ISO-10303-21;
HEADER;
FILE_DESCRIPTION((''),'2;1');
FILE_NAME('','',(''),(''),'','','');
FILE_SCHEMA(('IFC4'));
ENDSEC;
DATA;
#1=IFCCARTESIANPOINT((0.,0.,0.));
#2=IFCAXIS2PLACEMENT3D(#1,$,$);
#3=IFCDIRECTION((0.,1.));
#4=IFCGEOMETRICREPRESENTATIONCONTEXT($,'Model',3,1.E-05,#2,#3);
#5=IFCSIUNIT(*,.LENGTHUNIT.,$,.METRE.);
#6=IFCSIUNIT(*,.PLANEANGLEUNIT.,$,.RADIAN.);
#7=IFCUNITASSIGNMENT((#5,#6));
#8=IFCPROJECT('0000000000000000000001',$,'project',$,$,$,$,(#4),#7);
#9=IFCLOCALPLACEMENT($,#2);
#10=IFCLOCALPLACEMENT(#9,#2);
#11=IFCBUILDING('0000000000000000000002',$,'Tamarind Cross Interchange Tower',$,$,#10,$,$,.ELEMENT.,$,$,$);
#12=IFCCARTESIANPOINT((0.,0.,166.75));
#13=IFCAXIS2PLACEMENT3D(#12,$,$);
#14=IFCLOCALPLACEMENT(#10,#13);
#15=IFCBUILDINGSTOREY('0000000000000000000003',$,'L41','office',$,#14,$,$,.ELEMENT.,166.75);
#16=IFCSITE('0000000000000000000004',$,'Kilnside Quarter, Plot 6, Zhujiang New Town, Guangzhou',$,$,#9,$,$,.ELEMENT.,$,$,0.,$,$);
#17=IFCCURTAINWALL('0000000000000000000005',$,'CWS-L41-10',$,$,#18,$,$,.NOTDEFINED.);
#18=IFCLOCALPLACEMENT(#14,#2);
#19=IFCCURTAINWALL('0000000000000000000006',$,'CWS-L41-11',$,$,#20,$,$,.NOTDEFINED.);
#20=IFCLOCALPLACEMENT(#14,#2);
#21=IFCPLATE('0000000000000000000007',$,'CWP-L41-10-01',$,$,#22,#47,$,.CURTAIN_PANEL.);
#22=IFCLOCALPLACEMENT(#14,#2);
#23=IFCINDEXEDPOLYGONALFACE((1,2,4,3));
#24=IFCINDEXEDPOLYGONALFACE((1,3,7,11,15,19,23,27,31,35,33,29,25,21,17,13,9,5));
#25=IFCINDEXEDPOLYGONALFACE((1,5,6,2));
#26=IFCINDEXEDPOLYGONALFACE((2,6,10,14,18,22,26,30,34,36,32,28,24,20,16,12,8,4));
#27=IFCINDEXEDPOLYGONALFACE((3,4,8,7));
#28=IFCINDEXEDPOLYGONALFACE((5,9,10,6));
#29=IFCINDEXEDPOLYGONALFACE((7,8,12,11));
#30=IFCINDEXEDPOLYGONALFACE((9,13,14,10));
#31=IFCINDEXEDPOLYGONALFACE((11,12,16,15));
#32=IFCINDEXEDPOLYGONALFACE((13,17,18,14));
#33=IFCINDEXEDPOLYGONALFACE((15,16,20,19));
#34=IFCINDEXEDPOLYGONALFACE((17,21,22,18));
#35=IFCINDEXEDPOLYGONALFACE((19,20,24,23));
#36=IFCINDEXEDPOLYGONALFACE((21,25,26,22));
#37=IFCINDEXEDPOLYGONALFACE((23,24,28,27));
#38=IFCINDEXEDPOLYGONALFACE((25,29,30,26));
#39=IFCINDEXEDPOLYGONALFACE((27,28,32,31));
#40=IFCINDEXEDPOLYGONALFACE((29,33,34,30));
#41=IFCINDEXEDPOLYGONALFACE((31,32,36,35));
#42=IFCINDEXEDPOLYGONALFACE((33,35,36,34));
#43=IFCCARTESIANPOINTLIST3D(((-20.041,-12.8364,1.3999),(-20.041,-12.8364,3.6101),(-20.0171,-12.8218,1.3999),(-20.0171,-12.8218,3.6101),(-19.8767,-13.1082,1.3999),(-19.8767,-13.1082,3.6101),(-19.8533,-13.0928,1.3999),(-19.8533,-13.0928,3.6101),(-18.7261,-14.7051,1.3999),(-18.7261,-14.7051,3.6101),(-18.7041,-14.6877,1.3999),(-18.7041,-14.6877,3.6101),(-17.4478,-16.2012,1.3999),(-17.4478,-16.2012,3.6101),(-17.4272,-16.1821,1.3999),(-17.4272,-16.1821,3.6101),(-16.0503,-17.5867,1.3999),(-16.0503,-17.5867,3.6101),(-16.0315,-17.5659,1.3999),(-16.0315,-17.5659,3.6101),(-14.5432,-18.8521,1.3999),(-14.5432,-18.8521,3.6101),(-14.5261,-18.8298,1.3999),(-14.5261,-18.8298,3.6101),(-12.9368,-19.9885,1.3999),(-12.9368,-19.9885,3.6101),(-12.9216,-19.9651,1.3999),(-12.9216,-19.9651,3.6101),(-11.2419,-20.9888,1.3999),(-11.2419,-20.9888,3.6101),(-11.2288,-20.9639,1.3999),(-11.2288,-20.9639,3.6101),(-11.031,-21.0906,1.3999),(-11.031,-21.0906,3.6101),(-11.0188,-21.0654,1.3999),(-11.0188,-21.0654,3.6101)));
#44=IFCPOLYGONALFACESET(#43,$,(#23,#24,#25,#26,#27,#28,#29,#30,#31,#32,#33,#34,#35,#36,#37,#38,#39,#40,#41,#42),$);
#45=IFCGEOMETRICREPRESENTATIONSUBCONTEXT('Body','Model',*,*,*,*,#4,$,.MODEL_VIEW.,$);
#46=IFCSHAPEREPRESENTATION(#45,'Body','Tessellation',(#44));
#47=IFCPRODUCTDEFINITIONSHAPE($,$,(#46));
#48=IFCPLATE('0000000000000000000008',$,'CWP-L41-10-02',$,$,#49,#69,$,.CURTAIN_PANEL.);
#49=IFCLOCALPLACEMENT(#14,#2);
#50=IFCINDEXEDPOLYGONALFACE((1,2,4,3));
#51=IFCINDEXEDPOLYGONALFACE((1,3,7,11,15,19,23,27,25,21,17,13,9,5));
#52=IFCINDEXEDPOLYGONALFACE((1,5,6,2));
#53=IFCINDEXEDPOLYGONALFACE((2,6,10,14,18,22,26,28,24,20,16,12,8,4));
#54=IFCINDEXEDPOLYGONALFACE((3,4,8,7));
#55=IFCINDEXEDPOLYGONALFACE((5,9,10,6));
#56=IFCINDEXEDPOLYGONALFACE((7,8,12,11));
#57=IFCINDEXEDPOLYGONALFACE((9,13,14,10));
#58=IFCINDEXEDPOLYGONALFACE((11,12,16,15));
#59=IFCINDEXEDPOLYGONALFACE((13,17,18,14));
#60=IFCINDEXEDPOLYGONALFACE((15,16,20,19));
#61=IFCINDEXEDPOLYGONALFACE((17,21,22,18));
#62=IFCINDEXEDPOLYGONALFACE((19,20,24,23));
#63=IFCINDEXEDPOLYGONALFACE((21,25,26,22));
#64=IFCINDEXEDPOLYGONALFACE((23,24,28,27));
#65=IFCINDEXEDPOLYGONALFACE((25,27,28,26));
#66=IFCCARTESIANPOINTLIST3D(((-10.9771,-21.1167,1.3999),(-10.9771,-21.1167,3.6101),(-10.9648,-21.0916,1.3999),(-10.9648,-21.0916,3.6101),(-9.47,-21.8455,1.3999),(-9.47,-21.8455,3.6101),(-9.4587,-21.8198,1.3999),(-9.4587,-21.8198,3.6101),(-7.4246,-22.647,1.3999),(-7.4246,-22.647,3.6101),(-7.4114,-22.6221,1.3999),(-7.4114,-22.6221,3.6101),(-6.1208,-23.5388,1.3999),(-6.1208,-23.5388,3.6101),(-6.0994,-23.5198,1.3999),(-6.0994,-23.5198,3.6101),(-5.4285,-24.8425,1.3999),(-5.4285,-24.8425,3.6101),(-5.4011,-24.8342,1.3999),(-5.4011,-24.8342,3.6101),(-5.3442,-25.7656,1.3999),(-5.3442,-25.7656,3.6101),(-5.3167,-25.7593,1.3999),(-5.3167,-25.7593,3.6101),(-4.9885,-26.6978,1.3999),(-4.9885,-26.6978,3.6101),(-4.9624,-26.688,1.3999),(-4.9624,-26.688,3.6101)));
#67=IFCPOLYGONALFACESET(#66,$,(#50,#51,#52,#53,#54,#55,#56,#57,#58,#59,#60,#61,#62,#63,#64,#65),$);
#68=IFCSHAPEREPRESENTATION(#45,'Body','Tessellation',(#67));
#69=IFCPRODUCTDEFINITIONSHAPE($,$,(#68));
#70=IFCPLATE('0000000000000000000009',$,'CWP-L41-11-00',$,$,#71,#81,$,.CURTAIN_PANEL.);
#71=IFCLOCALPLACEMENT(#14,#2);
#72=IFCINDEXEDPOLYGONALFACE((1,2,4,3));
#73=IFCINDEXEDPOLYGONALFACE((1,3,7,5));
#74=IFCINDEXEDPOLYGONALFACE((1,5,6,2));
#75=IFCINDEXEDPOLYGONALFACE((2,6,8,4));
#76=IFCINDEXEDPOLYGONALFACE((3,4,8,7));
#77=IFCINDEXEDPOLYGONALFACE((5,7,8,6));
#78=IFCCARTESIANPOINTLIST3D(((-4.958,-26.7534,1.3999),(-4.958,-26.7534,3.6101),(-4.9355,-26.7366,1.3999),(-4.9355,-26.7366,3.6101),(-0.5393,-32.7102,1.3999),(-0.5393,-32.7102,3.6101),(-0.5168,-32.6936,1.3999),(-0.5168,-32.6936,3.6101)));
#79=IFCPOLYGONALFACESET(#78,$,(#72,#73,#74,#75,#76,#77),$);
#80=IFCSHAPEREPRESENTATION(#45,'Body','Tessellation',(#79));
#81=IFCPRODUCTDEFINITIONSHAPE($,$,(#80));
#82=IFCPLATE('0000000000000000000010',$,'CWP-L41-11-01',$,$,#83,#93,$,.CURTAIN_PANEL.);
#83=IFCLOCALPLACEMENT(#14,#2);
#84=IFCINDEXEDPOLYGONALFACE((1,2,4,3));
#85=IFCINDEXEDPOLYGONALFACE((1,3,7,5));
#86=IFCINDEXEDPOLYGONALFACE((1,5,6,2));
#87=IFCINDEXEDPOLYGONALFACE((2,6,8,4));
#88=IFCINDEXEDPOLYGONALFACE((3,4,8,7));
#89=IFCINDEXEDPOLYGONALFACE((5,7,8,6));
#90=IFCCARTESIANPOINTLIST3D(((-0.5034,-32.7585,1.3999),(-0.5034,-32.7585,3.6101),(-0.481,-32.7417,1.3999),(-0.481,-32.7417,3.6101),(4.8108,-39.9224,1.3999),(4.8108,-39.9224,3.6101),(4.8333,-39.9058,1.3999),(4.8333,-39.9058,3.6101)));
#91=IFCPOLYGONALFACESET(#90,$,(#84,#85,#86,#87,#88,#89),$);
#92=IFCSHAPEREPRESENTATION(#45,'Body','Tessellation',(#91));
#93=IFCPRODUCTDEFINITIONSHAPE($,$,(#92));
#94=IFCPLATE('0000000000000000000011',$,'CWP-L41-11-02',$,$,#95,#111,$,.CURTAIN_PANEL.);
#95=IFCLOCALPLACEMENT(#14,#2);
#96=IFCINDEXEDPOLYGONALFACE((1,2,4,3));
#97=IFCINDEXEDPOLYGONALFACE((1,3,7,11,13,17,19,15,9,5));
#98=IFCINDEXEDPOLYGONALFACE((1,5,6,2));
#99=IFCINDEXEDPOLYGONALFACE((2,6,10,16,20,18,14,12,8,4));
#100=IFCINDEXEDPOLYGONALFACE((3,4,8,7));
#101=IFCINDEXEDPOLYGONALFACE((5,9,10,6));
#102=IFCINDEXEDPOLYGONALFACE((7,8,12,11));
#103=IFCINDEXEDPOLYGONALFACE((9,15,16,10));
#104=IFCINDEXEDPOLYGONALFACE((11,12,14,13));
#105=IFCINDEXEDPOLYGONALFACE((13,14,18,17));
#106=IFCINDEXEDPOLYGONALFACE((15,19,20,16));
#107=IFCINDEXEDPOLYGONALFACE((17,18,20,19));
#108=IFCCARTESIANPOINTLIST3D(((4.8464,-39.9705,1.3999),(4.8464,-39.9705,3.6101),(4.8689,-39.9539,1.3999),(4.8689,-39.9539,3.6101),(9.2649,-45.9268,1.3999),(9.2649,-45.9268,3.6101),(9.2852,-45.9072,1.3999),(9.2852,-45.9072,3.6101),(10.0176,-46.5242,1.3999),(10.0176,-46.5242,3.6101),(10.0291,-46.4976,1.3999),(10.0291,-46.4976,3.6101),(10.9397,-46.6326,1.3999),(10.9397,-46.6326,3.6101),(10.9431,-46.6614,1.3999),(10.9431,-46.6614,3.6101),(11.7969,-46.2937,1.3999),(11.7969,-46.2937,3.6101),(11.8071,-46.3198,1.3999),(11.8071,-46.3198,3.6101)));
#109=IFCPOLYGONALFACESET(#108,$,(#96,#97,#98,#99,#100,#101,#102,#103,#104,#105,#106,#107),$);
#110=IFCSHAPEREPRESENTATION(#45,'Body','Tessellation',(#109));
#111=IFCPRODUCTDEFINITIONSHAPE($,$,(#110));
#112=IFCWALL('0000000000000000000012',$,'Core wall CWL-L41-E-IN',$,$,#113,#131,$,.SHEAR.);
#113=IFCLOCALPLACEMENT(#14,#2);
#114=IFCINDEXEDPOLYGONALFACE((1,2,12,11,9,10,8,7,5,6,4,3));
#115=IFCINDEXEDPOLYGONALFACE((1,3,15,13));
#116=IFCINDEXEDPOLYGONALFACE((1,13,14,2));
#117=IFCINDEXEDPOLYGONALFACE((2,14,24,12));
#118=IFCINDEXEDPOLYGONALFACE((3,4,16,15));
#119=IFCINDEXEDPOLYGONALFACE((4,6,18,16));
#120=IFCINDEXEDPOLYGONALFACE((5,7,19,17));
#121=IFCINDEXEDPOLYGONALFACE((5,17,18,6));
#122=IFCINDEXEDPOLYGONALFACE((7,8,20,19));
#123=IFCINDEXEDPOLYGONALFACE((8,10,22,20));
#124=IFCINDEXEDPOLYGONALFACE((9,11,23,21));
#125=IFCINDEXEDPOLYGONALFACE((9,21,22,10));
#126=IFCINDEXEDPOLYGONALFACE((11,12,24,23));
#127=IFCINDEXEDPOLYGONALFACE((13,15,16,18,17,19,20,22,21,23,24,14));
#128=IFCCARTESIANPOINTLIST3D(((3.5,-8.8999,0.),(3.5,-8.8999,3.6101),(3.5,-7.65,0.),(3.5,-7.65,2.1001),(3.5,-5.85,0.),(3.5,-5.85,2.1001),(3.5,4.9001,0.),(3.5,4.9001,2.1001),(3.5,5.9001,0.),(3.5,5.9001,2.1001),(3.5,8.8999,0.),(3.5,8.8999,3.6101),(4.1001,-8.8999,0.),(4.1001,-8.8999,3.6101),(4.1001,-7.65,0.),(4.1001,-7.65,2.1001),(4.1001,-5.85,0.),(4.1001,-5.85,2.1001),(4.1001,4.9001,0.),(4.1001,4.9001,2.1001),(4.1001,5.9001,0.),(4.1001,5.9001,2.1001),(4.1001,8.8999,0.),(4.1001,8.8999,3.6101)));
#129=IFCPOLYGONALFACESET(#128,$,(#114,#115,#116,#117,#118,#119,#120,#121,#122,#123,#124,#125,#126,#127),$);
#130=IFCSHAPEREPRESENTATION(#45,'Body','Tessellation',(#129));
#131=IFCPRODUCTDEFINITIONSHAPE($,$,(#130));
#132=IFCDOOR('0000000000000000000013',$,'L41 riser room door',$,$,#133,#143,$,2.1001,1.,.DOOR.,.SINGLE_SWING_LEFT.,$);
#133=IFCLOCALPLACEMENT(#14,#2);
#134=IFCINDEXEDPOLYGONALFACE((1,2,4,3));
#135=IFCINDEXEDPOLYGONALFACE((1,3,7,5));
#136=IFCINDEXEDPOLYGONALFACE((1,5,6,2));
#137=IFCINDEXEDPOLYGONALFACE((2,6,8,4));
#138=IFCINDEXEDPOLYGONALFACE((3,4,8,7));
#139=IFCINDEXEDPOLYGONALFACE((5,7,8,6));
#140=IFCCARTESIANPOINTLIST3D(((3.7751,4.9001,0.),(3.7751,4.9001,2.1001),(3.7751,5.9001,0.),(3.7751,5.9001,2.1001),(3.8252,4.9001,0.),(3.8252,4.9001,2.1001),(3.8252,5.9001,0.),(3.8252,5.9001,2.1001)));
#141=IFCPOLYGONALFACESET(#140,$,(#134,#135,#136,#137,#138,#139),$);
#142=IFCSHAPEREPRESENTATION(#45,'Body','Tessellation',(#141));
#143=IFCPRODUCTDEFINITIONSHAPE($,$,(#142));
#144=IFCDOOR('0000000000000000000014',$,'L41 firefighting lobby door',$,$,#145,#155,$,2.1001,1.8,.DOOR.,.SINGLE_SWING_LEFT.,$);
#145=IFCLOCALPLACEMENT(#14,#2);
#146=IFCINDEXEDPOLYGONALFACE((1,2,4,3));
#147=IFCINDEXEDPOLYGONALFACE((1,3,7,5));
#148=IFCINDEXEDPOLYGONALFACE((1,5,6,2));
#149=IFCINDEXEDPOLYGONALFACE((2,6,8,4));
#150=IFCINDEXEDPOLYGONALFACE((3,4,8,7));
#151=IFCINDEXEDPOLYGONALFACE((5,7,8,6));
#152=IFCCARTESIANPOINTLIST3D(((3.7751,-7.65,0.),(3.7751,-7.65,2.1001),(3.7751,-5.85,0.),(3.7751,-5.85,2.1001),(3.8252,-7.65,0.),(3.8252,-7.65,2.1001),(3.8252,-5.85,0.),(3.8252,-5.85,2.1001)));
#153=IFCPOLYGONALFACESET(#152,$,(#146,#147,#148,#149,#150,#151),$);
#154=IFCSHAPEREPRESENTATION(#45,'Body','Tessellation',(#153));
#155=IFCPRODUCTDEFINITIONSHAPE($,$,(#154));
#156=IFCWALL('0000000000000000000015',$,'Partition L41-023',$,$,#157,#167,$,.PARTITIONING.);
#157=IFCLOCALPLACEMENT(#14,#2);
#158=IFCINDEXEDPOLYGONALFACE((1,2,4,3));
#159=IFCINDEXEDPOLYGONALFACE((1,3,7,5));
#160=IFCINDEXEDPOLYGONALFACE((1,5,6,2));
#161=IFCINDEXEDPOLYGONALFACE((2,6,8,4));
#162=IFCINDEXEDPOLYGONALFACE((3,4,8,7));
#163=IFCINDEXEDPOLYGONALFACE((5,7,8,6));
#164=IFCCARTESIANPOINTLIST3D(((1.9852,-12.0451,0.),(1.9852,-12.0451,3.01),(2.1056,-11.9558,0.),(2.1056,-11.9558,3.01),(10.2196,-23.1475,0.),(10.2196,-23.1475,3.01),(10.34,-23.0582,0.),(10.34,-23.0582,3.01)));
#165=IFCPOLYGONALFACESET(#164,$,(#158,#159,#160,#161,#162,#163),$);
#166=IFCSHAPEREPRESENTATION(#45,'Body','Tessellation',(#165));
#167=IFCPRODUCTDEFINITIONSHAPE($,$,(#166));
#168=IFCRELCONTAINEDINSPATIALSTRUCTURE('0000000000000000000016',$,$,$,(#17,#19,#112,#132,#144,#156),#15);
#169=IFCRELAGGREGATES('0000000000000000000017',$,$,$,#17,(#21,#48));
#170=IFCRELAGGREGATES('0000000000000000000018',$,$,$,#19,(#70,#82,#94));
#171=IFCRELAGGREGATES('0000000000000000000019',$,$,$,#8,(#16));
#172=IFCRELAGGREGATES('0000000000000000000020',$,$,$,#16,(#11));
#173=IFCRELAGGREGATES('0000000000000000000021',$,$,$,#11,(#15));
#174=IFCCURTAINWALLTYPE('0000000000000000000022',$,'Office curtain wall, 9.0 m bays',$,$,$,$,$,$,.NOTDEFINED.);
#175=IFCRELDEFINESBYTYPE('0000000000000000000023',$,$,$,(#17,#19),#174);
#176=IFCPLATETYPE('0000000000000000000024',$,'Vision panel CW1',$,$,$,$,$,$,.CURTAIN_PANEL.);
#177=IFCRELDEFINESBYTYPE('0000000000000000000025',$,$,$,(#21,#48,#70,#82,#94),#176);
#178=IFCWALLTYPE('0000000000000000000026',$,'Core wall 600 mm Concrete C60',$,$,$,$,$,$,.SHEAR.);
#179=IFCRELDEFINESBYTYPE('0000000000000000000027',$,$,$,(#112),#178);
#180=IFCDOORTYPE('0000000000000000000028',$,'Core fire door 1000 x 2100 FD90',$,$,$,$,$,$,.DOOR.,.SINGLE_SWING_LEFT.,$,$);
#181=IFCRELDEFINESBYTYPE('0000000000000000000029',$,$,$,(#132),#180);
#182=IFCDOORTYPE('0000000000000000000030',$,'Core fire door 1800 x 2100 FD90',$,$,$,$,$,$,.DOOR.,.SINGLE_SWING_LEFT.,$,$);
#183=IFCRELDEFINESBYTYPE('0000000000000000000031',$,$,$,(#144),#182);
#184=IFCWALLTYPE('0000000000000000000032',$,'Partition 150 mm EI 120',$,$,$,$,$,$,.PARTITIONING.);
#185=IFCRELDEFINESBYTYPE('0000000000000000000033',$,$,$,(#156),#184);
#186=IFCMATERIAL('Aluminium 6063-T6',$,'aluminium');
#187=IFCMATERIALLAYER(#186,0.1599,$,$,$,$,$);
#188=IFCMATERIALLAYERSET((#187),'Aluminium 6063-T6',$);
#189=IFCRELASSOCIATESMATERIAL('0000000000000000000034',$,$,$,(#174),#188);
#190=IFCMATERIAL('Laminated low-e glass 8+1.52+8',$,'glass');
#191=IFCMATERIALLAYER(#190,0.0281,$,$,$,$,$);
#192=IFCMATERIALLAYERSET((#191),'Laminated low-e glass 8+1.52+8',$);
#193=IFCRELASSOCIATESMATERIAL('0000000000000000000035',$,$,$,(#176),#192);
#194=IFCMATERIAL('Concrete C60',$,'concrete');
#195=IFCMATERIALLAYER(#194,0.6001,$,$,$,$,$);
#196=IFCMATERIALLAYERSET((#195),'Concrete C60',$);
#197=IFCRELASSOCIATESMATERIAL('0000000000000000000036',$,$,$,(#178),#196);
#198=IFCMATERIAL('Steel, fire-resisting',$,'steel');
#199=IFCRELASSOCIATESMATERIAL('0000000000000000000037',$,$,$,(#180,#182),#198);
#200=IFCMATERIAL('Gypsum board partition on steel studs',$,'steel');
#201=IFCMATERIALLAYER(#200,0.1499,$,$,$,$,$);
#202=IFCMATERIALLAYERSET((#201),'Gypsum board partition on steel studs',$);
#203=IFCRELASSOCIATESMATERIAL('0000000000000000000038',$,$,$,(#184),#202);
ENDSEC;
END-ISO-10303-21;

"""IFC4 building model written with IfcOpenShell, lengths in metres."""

from ifc_helpers import new_model, si_unit, direction, frame, frame_2d, origin, place, context, subcontext, project, spatial, polyline, rectangle, outline, extrude, material, layer, layer_set, type_object, element, fill, aggregate, save


model = new_model("IFC4")

# Units and contexts
model_context = context("Model", 3, precision=1e-05, world=origin(), true_north=direction((0.0, 1.0)))
body_context = subcontext(model_context, "Body", "Model", "MODEL_VIEW")
ifc_project = project(units=[si_unit("LENGTHUNIT", "METRE"), si_unit("PLANEANGLEUNIT", "RADIAN")], contexts=[model_context])

# Site, building, storey
site_placement = place(None, origin())
site = spatial("IfcSite", under=ifc_project, at=site_placement, Name="Kilnside Quarter, Plot 6, Zhujiang New Town, Guangzhou", CompositionType="ELEMENT", RefElevation=0.0)
building_placement = place(site_placement, origin())
building = spatial("IfcBuilding", under=site, at=building_placement, Name="Tamarind Cross Interchange Tower", CompositionType="ELEMENT")
storey_placement = place(building_placement, frame((0.0, 0.0, 166.75)))
storey = spatial("IfcBuildingStorey", under=building, at=storey_placement, Name="L41", Description="office", CompositionType="ELEMENT", Elevation=166.75)

# Curtain walls
ifc_material_1 = material(Name="Aluminium 6063-T6", Category="aluminium")
ifc_layer_1 = layer(ifc_material_1, 0.1599)
ifc_layer_set_1 = layer_set([ifc_layer_1], Name="Aluminium 6063-T6")
curtain_wall_type = type_object("IfcCurtainWallType", Name="Office curtain wall, 9.0 m bays", PredefinedType="NOTDEFINED", material=ifc_layer_set_1)
curtain_wall_1_placement = place(storey_placement, origin())
curtain_wall_1 = element("IfcCurtainWall", 1, at=curtain_wall_1_placement, inside=storey, type_object=curtain_wall_type, Name="CWS-L41-10", PredefinedType="NOTDEFINED")
curtain_wall_2_placement = place(storey_placement, origin())
curtain_wall_2 = element("IfcCurtainWall", 2, at=curtain_wall_2_placement, inside=storey, type_object=curtain_wall_type, Name="CWS-L41-11", PredefinedType="NOTDEFINED")

# Plates
ifc_material_2 = material(Name="Laminated low-e glass 8+1.52+8", Category="glass")
ifc_layer_2 = layer(ifc_material_2, 0.0281)
ifc_layer_set_2 = layer_set([ifc_layer_2], Name="Laminated low-e glass 8+1.52+8")
plate_type = type_object("IfcPlateType", Name="Vision panel CW1", PredefinedType="CURTAIN_PANEL", material=ifc_layer_set_2)
plate_1_placement = place(storey_placement, frame((0.0, 0.0, 1.3999)))
plate_1 = element("IfcPlate", 3, at=plate_1_placement, type_object=plate_type, Name="CWP-L41-10-01", PredefinedType="CURTAIN_PANEL", context=body_context, shape_type="SweptSolid", body=[
    extrude(outline(polyline([(-20.0171, -12.8218), (-19.8533, -13.0928), (-18.7041, -14.6877), (-17.4272, -16.1821), (-16.0315, -17.5659), (-14.5261, -18.8298), (-12.9216, -19.9651), (-11.2288, -20.9639), (-11.0188, -21.0654), (-11.031, -21.0906), (-11.2419, -20.9888), (-12.9368, -19.9885), (-14.5432, -18.8521), (-16.0503, -17.5867), (-17.4478, -16.2012), (-18.7261, -14.7051), (-19.8767, -13.1082), (-20.041, -12.8364), (-20.0171, -12.8218)])), origin(), (0.0, 0.0, 1.0), 2.2102),
])
plate_2_placement = place(storey_placement, frame((0.0, 0.0, 1.3999)))
plate_2 = element("IfcPlate", 4, at=plate_2_placement, type_object=plate_type, Name="CWP-L41-10-02", PredefinedType="CURTAIN_PANEL", context=body_context, shape_type="SweptSolid", body=[
    extrude(outline(polyline([(-10.9648, -21.0916), (-9.4587, -21.8198), (-7.4114, -22.6221), (-6.0994, -23.5198), (-5.4011, -24.8342), (-5.3167, -25.7593), (-4.9624, -26.688), (-4.9885, -26.6978), (-5.3442, -25.7656), (-5.4285, -24.8425), (-6.1208, -23.5388), (-7.4246, -22.647), (-9.47, -21.8455), (-10.9771, -21.1167), (-10.9648, -21.0916)])), origin(), (0.0, 0.0, 1.0), 2.2102),
])
aggregate(curtain_wall_1, [plate_1, plate_2])
plate_3_placement = place(storey_placement, frame((0.0, 0.0, 1.3999)))
plate_3 = element("IfcPlate", 5, at=plate_3_placement, type_object=plate_type, Name="CWP-L41-11-00", PredefinedType="CURTAIN_PANEL", context=body_context, shape_type="SweptSolid", body=[
    extrude(outline(polyline([(-4.9355, -26.7366), (-0.5168, -32.6936), (-0.5393, -32.7102), (-4.958, -26.7534), (-4.9355, -26.7366)])), origin(), (0.0, 0.0, 1.0), 2.2102),
])
plate_4_placement = place(storey_placement, frame((0.0, 0.0, 1.3999)))
plate_4 = element("IfcPlate", 6, at=plate_4_placement, type_object=plate_type, Name="CWP-L41-11-01", PredefinedType="CURTAIN_PANEL", context=body_context, shape_type="SweptSolid", body=[
    extrude(outline(polyline([(-0.481, -32.7417), (4.8333, -39.9058), (4.8108, -39.9224), (-0.5034, -32.7585), (-0.481, -32.7417)])), origin(), (0.0, 0.0, 1.0), 2.2102),
])
plate_5_placement = place(storey_placement, frame((0.0, 0.0, 1.3999)))
plate_5 = element("IfcPlate", 7, at=plate_5_placement, type_object=plate_type, Name="CWP-L41-11-02", PredefinedType="CURTAIN_PANEL", context=body_context, shape_type="SweptSolid", body=[
    extrude(outline(polyline([(4.8689, -39.9539), (9.2852, -45.9072), (10.0291, -46.4976), (10.9397, -46.6326), (11.7969, -46.2937), (11.8071, -46.3198), (10.9431, -46.6614), (10.0176, -46.5242), (9.2649, -45.9268), (4.8464, -39.9705), (4.8689, -39.9539)])), origin(), (0.0, 0.0, 1.0), 2.2102),
])
aggregate(curtain_wall_2, [plate_3, plate_4, plate_5])

# Wall, openings, doors
ifc_material_3 = material(Name="Concrete C60", Category="concrete")
ifc_layer_3 = layer(ifc_material_3, 0.6001)
ifc_layer_set_3 = layer_set([ifc_layer_3], Name="Concrete C60")
wall_type_1 = type_object("IfcWallType", Name="Core wall 600 mm Concrete C60", PredefinedType="SHEAR", material=ifc_layer_set_3)
wall_1_placement = place(storey_placement, frame((3.8, -8.8999, 0.0), z_axis=(0.0, 0.0, 1.0), x_axis=(0.0, 1.0, 0.0)))
wall_1 = element("IfcWall", 8, at=wall_1_placement, inside=storey, type_object=wall_type_1, Name="Core wall CWL-L41-E-IN", PredefinedType="SHEAR", context=body_context, shape_type="SweptSolid", body=[
    extrude(rectangle(XDim=17.7998, YDim=0.6001, at=frame_2d((8.8999, 0.0))), origin(), (0.0, 0.0, 1.0), 3.6101),
])
opening_1_placement = place(wall_1_placement, frame((1.25, 0.0, 0.0)))
opening_1 = element("IfcOpeningElement", 9, at=opening_1_placement, cuts=wall_1, PredefinedType="OPENING", context=body_context, shape_type="SweptSolid", body=[
    extrude(rectangle(XDim=1.8, YDim=2.1001, at=frame_2d((0.8999, 1.05))), frame((0.0, 0.3101, 0.0), z_axis=(0.0, -1.0, 0.0), x_axis=(1.0, 0.0, 0.0)), (0.0, 0.0, 1.0), 0.6201),
])
opening_2_placement = place(wall_1_placement, frame((13.8, 0.0, 0.0)))
opening_2 = element("IfcOpeningElement", 10, at=opening_2_placement, cuts=wall_1, PredefinedType="OPENING", context=body_context, shape_type="SweptSolid", body=[
    extrude(rectangle(XDim=1.0, YDim=2.1001, at=frame_2d((0.5, 1.05))), frame((0.0, 0.3101, 0.0), z_axis=(0.0, -1.0, 0.0), x_axis=(1.0, 0.0, 0.0)), (0.0, 0.0, 1.0), 0.6201),
])
ifc_material_4 = material(Name="Steel, fire-resisting", Category="steel")
door_type_1 = type_object("IfcDoorType", Name="Core fire door 1000 x 2100 FD90", OperationType="SINGLE_SWING_LEFT", PredefinedType="DOOR", material=ifc_material_4)
door_1_placement = place(opening_2_placement, origin())
door_1 = element("IfcDoor", 11, at=door_1_placement, inside=storey, type_object=door_type_1, Name="L41 riser room door", OperationType="SINGLE_SWING_LEFT", OverallHeight=2.1001, OverallWidth=1.0, PredefinedType="DOOR", context=body_context, shape_type="SweptSolid", body=[
    extrude(rectangle(XDim=1.0, YDim=2.1001, at=frame_2d((0.5, 1.05))), frame((0.0, 0.0249, 0.0), z_axis=(0.0, -1.0, 0.0), x_axis=(1.0, 0.0, 0.0)), (0.0, 0.0, 1.0), 0.05),
])
fill(opening_2, door_1)
door_type_2 = type_object("IfcDoorType", Name="Core fire door 1800 x 2100 FD90", OperationType="SINGLE_SWING_LEFT", PredefinedType="DOOR", material=ifc_material_4)
door_2_placement = place(opening_1_placement, origin())
door_2 = element("IfcDoor", 12, at=door_2_placement, inside=storey, type_object=door_type_2, Name="L41 firefighting lobby door", OperationType="SINGLE_SWING_LEFT", OverallHeight=2.1001, OverallWidth=1.8, PredefinedType="DOOR", context=body_context, shape_type="SweptSolid", body=[
    extrude(rectangle(XDim=1.8, YDim=2.1001, at=frame_2d((0.8999, 1.05))), frame((0.0, 0.0249, 0.0), z_axis=(0.0, -1.0, 0.0), x_axis=(1.0, 0.0, 0.0)), (0.0, 0.0, 1.0), 0.05),
])
fill(opening_1, door_2)

# Wall
ifc_material_5 = material(Name="Gypsum board partition on steel studs", Category="steel")
ifc_layer_4 = layer(ifc_material_5, 0.1499)
ifc_layer_set_4 = layer_set([ifc_layer_4], Name="Gypsum board partition on steel studs")
wall_type_2 = type_object("IfcWallType", Name="Partition 150 mm EI 120", PredefinedType="PARTITIONING", material=ifc_layer_set_4)
wall_2_placement = place(storey_placement, frame((2.0454, -12.0005, 0.0), z_axis=(0.0, 0.0, 1.0), x_axis=(0.595716, -0.803195, 0.0)))
element("IfcWall", 13, at=wall_2_placement, inside=storey, type_object=wall_type_2, Name="Partition L41-023", PredefinedType="PARTITIONING", context=body_context, shape_type="SweptSolid", body=[
    extrude(rectangle(XDim=13.8228, YDim=0.1499, at=frame_2d((6.9114, 0.0))), origin(), (0.0, 0.0, 1.0), 3.01),
])

save(model, "model.ifc")
